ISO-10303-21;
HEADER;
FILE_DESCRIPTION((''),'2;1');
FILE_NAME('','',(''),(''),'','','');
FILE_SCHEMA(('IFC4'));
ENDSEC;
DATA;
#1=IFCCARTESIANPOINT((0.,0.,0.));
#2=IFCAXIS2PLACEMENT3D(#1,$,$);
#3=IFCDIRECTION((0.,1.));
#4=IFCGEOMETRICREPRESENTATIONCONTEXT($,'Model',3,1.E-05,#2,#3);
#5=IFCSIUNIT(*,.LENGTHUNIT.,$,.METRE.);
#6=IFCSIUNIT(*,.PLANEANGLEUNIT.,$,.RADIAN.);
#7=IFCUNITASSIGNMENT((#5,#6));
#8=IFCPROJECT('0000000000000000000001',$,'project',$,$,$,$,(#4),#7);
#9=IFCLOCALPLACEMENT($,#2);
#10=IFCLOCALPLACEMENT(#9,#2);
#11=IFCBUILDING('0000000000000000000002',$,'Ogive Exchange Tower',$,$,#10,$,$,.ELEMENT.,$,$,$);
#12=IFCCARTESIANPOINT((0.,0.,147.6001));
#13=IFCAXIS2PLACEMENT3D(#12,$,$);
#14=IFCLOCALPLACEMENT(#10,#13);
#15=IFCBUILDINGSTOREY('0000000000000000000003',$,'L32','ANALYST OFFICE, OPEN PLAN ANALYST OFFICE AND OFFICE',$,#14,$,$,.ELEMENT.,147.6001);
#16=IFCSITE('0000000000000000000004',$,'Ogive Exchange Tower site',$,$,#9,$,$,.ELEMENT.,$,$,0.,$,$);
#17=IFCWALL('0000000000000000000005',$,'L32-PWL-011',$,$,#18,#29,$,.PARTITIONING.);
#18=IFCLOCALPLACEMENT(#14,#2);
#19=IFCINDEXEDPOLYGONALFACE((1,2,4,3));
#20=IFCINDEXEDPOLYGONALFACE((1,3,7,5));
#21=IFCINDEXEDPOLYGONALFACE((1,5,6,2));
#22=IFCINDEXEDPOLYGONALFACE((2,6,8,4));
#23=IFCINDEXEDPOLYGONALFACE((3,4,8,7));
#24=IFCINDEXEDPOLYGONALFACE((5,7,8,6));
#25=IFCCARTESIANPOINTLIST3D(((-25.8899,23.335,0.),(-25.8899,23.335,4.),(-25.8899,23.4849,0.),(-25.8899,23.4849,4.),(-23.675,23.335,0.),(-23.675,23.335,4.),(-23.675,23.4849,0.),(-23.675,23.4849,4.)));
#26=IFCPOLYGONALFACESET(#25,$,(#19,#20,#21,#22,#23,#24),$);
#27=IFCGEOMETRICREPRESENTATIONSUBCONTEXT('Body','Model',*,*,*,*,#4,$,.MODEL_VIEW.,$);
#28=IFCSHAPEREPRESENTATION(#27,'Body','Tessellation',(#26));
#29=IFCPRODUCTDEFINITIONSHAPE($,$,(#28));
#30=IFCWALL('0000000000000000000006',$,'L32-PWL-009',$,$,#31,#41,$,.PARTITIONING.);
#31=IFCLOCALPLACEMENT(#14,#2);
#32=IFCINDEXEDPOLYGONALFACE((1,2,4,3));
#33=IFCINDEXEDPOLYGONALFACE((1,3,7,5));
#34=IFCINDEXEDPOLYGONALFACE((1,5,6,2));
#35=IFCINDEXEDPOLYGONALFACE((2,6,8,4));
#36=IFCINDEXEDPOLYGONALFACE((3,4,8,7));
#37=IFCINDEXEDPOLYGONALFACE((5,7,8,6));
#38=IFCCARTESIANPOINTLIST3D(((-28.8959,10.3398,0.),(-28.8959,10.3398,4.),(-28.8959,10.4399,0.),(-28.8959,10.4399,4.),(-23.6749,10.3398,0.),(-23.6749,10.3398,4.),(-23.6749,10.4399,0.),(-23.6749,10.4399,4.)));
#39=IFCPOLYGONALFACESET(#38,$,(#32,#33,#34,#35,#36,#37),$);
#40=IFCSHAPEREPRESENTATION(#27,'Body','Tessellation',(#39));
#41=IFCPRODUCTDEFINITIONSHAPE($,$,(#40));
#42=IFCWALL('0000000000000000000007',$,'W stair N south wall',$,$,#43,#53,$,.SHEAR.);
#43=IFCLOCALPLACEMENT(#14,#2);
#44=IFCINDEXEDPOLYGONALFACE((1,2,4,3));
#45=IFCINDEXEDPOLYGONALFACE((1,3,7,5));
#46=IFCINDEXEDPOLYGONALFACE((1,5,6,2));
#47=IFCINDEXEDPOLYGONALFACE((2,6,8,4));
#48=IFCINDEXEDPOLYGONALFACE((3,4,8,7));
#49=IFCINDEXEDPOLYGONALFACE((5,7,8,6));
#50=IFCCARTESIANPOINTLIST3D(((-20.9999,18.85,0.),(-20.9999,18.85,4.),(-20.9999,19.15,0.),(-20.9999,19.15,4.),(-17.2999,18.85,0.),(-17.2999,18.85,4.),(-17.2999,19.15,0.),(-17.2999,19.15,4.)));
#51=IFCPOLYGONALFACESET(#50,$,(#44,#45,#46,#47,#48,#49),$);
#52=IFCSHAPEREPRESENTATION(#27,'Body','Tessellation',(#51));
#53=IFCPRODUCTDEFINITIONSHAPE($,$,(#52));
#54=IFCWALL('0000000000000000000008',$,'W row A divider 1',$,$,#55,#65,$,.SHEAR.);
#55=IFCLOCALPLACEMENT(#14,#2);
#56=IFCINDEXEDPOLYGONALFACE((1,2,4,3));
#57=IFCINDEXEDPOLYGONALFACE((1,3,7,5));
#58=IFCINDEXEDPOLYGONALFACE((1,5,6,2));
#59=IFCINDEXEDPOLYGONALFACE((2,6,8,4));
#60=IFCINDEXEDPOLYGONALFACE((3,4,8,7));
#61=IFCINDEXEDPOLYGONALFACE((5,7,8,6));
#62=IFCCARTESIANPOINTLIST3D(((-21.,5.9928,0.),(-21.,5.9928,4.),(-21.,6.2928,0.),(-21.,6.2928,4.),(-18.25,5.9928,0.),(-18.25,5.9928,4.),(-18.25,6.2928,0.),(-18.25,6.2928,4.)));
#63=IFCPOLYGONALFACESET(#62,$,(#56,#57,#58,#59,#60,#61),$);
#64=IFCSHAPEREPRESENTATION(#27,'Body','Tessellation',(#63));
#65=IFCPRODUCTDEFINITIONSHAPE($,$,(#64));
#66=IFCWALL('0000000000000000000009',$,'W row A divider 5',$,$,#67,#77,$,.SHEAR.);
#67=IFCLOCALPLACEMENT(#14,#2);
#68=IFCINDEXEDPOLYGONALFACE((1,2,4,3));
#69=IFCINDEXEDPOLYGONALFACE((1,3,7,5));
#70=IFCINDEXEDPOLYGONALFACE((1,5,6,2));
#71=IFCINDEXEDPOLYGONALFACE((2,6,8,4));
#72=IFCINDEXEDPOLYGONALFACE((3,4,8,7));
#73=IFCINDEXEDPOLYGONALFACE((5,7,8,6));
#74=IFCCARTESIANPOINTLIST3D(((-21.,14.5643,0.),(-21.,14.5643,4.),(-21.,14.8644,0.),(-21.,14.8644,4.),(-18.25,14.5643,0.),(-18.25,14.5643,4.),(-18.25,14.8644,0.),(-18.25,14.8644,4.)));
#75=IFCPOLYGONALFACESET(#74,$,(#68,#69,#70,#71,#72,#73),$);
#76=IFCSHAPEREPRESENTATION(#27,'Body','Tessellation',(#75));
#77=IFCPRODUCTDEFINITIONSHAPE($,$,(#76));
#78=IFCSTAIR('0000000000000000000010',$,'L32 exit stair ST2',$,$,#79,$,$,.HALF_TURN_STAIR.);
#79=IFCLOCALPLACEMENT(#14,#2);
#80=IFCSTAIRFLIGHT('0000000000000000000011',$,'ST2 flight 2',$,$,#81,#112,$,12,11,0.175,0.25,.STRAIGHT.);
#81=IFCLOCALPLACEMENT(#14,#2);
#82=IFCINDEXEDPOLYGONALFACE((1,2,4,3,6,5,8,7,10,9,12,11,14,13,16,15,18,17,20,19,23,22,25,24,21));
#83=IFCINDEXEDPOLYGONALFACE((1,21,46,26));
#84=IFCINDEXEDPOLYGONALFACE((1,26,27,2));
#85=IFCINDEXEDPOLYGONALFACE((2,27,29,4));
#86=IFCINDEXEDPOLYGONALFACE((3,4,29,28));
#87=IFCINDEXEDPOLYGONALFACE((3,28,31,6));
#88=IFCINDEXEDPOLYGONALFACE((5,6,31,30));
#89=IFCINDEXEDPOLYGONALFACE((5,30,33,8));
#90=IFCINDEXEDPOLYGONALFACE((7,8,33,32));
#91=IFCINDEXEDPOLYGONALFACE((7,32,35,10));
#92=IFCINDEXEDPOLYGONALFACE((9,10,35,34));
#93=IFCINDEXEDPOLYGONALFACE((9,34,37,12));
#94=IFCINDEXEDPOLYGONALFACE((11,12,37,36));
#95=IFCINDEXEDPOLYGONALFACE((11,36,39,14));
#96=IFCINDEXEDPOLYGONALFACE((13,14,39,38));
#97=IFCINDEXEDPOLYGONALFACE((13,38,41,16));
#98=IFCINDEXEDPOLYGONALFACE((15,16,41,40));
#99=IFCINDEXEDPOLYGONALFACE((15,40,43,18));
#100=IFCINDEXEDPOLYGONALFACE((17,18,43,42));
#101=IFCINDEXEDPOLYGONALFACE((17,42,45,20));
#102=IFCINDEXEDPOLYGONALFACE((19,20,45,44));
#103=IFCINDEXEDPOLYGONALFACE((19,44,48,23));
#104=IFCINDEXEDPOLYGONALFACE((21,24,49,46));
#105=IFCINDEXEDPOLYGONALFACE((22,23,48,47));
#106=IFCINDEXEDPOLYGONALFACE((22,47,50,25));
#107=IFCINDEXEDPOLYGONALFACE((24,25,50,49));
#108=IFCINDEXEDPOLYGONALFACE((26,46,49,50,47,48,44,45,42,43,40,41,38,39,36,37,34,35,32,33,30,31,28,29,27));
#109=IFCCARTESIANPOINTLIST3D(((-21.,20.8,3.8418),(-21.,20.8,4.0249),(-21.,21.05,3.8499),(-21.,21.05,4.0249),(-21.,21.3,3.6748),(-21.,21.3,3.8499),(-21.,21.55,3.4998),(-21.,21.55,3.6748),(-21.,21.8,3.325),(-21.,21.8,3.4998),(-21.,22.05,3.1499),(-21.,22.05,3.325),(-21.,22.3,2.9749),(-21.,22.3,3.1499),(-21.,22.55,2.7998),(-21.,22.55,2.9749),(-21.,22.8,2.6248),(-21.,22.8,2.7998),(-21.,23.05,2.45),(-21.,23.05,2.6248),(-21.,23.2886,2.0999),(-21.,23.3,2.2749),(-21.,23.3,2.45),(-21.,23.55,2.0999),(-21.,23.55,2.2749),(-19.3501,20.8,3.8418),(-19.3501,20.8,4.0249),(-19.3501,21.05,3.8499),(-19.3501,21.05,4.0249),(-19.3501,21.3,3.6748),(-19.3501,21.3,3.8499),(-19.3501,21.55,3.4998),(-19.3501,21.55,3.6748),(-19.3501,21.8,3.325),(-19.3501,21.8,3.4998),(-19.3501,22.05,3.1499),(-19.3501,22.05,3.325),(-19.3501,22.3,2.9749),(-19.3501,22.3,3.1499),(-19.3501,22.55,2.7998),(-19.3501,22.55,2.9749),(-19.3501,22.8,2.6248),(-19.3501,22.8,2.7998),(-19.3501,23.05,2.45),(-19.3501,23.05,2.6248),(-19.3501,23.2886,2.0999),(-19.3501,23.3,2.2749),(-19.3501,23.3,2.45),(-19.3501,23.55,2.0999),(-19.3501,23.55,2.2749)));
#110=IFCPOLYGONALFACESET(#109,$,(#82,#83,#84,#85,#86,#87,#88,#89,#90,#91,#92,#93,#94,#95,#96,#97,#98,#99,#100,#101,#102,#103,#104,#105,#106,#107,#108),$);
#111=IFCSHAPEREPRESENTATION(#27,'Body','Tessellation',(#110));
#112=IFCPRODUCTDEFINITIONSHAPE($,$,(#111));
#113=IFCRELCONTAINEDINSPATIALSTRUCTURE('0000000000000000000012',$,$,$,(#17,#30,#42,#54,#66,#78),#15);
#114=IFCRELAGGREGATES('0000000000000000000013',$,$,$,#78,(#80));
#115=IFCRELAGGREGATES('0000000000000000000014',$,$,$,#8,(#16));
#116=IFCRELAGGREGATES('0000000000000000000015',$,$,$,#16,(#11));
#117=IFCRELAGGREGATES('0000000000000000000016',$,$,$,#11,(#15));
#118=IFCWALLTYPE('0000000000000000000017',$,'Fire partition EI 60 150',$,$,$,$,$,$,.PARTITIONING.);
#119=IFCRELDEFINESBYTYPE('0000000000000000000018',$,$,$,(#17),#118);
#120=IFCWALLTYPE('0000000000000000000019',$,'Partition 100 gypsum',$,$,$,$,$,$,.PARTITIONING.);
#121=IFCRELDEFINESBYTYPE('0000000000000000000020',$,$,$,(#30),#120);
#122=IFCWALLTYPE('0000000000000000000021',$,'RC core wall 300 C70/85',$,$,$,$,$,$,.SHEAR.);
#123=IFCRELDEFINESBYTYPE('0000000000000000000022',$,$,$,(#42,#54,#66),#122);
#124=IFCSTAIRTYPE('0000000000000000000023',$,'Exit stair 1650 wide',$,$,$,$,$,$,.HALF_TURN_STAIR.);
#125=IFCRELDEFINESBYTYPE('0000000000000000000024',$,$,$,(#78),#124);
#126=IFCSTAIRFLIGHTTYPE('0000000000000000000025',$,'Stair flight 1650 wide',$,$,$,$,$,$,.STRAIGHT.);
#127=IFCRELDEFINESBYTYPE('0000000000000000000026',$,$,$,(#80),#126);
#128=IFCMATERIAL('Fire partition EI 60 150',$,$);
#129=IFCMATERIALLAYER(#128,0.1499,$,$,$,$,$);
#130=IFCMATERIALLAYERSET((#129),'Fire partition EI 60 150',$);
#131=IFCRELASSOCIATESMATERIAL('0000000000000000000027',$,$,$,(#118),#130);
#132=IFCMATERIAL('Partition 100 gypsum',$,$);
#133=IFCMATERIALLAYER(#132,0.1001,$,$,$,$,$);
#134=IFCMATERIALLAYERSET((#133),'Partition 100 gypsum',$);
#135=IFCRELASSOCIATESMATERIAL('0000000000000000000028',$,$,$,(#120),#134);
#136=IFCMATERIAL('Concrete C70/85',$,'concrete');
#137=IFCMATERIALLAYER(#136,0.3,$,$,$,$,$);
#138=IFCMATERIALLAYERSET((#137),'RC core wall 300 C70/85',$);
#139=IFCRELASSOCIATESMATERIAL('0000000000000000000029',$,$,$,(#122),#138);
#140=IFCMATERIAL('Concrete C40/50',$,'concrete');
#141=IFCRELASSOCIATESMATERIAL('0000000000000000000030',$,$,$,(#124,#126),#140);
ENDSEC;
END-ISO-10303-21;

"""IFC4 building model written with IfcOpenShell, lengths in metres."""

from ifc_helpers import new_model, si_unit, direction, frame, frame_2d, origin, place, context, subcontext, project, spatial, polyline, rectangle, outline, extrude, material, layer, layer_set, type_object, element, aggregate, save


model = new_model("IFC4")

# Units and contexts
model_context = context("Model", 3, precision=1e-05, world=origin(), true_north=direction((0.0, 1.0)))
body_context = subcontext(model_context, "Body", "Model", "MODEL_VIEW")
ifc_project = project(units=[si_unit("LENGTHUNIT", "METRE"), si_unit("PLANEANGLEUNIT", "RADIAN")], contexts=[model_context])

# Site, building, storey
site_placement = place(None, origin())
site = spatial("IfcSite", under=ifc_project, at=site_placement, Name="Ogive Exchange Tower site", CompositionType="ELEMENT", RefElevation=0.0)
building_placement = place(site_placement, origin())
building = spatial("IfcBuilding", under=site, at=building_placement, Name="Ogive Exchange Tower", CompositionType="ELEMENT")
storey_placement = place(building_placement, frame((0.0, 0.0, 147.6001)))
storey = spatial("IfcBuildingStorey", under=building, at=storey_placement, Name="L32", Description="ANALYST OFFICE, OPEN PLAN ANALYST OFFICE AND OFFICE", CompositionType="ELEMENT", Elevation=147.6001)

# Shared definitions
ifc_material_1 = material(Name="Fire partition EI 60 150")
ifc_layer_1 = layer(ifc_material_1, 0.1499)
ifc_layer_set_1 = layer_set([ifc_layer_1], Name="Fire partition EI 60 150")
wall_type_1 = type_object("IfcWallType", Name="Fire partition EI 60 150", PredefinedType="PARTITIONING", material=ifc_layer_set_1)

# Walls
wall_1_placement = place(storey_placement, frame((-23.675, 23.4099, 0.0), z_axis=(0.0, 0.0, 1.0), x_axis=(-1.0, 0.0, 0.0)))
element("IfcWall", 1, at=wall_1_placement, inside=storey, type_object=wall_type_1, Name="L32-PWL-011", PredefinedType="PARTITIONING", context=body_context, shape_type="SweptSolid", body=[
    extrude(rectangle(XDim=2.2148, YDim=0.1499, at=frame_2d((1.1074, 0.0))), origin(), (0.0, 0.0, 1.0), 4.0),
])
ifc_material_2 = material(Name="Partition 100 gypsum")
ifc_layer_2 = layer(ifc_material_2, 0.1001)
ifc_layer_set_2 = layer_set([ifc_layer_2], Name="Partition 100 gypsum")
wall_type_2 = type_object("IfcWallType", Name="Partition 100 gypsum", PredefinedType="PARTITIONING", material=ifc_layer_set_2)
wall_2_placement = place(storey_placement, frame((-23.675, 10.3899, 0.0), z_axis=(0.0, 0.0, 1.0), x_axis=(-1.0, 0.0, 0.0)))
element("IfcWall", 2, at=wall_2_placement, inside=storey, type_object=wall_type_2, Name="L32-PWL-009", PredefinedType="PARTITIONING", context=body_context, shape_type="SweptSolid", body=[
    extrude(rectangle(XDim=5.2209, YDim=0.1001, at=frame_2d((2.6104, 0.0))), origin(), (0.0, 0.0, 1.0), 4.0),
])
ifc_material_3 = material(Name="Concrete C70/85", Category="concrete")
ifc_layer_3 = layer(ifc_material_3, 0.3)
ifc_layer_set_3 = layer_set([ifc_layer_3], Name="RC core wall 300 C70/85")
wall_type_3 = type_object("IfcWallType", Name="RC core wall 300 C70/85", PredefinedType="SHEAR", material=ifc_layer_set_3)
wall_3_placement = place(storey_placement, frame((-21.0, 19.0, 0.0), z_axis=(0.0, 0.0, 1.0), x_axis=(1.0, 0.0, 0.0)))
element("IfcWall", 3, at=wall_3_placement, inside=storey, type_object=wall_type_3, Name="W stair N south wall", PredefinedType="SHEAR", context=body_context, shape_type="SweptSolid", body=[
    extrude(rectangle(XDim=3.7, YDim=0.3, at=frame_2d((1.8501, 0.0))), origin(), (0.0, 0.0, 1.0), 4.0),
])
for number, where, z_axis, x_axis, name in (
    (4, (-21.0, 6.1428, 0.0), (0.0, 0.0, 1.0), (1.0, 0.0, 0.0), "W row A divider 1"),
    (5, (-21.0, 14.7144, 0.0), (0.0, 0.0, 1.0), (1.0, 0.0, 0.0), "W row A divider 5"),
):
    element("IfcWall", number, at=place(storey_placement, frame(where, z_axis=z_axis, x_axis=x_axis)), inside=storey, type_object=wall_type_3, Name=name, PredefinedType="SHEAR", context=body_context, shape_type="SweptSolid", body=[
        extrude(rectangle(XDim=2.75, YDim=0.3, at=frame_2d((1.375, 0.0))), origin(), (0.0, 0.0, 1.0), 4.0),
    ])

# Stair, stair flight
ifc_material_4 = material(Name="Concrete C40/50", Category="concrete")
stair_type = type_object("IfcStairType", Name="Exit stair 1650 wide", PredefinedType="HALF_TURN_STAIR", material=ifc_material_4)
stair_placement = place(storey_placement, origin())
stair = element("IfcStair", 6, at=stair_placement, inside=storey, type_object=stair_type, Name="L32 exit stair ST2", PredefinedType="HALF_TURN_STAIR")
stair_flight_type = type_object("IfcStairFlightType", Name="Stair flight 1650 wide", PredefinedType="STRAIGHT", material=ifc_material_4)
stair_flight_placement = place(storey_placement, frame((-20.175, 23.55, 2.0999), z_axis=(0.0, 0.0, 1.0), x_axis=(0.0, -1.0, 0.0)))
stair_flight = element("IfcStairFlight", 7, at=stair_flight_placement, type_object=stair_flight_type, Name="ST2 flight 2", NumberOfRisers=12, NumberOfTreads=11, PredefinedType="STRAIGHT", RiserHeight=0.175, TreadLength=0.25, context=body_context, shape_type="SweptSolid", body=[
    extrude(outline(polyline([(0.0, 0.0), (0.0, 0.175), (0.25, 0.175), (0.25, 0.3501), (0.5, 0.3501), (0.5, 0.5249), (0.75, 0.5249), (0.75, 0.7), (1.0, 0.7), (1.0, 0.875), (1.25, 0.875), (1.25, 1.05), (1.5, 1.05), (1.5, 1.2251), (1.75, 1.2251), (1.75, 1.3999), (2.0, 1.3999), (2.0, 1.575), (2.25, 1.575), (2.25, 1.75), (2.5, 1.75), (2.5, 1.925), (2.75, 1.925), (2.75, 2.1001), (2.75, 1.7419), (0.2615, 0.0), (0.0, 0.0)])), frame((0.0, 0.825, 0.0), z_axis=(0.0, -1.0, 0.0), x_axis=(1.0, 0.0, 0.0)), (0.0, 0.0, 1.0), 1.6499),
])
aggregate(stair, [stair_flight])

save(model, "model.ifc")
